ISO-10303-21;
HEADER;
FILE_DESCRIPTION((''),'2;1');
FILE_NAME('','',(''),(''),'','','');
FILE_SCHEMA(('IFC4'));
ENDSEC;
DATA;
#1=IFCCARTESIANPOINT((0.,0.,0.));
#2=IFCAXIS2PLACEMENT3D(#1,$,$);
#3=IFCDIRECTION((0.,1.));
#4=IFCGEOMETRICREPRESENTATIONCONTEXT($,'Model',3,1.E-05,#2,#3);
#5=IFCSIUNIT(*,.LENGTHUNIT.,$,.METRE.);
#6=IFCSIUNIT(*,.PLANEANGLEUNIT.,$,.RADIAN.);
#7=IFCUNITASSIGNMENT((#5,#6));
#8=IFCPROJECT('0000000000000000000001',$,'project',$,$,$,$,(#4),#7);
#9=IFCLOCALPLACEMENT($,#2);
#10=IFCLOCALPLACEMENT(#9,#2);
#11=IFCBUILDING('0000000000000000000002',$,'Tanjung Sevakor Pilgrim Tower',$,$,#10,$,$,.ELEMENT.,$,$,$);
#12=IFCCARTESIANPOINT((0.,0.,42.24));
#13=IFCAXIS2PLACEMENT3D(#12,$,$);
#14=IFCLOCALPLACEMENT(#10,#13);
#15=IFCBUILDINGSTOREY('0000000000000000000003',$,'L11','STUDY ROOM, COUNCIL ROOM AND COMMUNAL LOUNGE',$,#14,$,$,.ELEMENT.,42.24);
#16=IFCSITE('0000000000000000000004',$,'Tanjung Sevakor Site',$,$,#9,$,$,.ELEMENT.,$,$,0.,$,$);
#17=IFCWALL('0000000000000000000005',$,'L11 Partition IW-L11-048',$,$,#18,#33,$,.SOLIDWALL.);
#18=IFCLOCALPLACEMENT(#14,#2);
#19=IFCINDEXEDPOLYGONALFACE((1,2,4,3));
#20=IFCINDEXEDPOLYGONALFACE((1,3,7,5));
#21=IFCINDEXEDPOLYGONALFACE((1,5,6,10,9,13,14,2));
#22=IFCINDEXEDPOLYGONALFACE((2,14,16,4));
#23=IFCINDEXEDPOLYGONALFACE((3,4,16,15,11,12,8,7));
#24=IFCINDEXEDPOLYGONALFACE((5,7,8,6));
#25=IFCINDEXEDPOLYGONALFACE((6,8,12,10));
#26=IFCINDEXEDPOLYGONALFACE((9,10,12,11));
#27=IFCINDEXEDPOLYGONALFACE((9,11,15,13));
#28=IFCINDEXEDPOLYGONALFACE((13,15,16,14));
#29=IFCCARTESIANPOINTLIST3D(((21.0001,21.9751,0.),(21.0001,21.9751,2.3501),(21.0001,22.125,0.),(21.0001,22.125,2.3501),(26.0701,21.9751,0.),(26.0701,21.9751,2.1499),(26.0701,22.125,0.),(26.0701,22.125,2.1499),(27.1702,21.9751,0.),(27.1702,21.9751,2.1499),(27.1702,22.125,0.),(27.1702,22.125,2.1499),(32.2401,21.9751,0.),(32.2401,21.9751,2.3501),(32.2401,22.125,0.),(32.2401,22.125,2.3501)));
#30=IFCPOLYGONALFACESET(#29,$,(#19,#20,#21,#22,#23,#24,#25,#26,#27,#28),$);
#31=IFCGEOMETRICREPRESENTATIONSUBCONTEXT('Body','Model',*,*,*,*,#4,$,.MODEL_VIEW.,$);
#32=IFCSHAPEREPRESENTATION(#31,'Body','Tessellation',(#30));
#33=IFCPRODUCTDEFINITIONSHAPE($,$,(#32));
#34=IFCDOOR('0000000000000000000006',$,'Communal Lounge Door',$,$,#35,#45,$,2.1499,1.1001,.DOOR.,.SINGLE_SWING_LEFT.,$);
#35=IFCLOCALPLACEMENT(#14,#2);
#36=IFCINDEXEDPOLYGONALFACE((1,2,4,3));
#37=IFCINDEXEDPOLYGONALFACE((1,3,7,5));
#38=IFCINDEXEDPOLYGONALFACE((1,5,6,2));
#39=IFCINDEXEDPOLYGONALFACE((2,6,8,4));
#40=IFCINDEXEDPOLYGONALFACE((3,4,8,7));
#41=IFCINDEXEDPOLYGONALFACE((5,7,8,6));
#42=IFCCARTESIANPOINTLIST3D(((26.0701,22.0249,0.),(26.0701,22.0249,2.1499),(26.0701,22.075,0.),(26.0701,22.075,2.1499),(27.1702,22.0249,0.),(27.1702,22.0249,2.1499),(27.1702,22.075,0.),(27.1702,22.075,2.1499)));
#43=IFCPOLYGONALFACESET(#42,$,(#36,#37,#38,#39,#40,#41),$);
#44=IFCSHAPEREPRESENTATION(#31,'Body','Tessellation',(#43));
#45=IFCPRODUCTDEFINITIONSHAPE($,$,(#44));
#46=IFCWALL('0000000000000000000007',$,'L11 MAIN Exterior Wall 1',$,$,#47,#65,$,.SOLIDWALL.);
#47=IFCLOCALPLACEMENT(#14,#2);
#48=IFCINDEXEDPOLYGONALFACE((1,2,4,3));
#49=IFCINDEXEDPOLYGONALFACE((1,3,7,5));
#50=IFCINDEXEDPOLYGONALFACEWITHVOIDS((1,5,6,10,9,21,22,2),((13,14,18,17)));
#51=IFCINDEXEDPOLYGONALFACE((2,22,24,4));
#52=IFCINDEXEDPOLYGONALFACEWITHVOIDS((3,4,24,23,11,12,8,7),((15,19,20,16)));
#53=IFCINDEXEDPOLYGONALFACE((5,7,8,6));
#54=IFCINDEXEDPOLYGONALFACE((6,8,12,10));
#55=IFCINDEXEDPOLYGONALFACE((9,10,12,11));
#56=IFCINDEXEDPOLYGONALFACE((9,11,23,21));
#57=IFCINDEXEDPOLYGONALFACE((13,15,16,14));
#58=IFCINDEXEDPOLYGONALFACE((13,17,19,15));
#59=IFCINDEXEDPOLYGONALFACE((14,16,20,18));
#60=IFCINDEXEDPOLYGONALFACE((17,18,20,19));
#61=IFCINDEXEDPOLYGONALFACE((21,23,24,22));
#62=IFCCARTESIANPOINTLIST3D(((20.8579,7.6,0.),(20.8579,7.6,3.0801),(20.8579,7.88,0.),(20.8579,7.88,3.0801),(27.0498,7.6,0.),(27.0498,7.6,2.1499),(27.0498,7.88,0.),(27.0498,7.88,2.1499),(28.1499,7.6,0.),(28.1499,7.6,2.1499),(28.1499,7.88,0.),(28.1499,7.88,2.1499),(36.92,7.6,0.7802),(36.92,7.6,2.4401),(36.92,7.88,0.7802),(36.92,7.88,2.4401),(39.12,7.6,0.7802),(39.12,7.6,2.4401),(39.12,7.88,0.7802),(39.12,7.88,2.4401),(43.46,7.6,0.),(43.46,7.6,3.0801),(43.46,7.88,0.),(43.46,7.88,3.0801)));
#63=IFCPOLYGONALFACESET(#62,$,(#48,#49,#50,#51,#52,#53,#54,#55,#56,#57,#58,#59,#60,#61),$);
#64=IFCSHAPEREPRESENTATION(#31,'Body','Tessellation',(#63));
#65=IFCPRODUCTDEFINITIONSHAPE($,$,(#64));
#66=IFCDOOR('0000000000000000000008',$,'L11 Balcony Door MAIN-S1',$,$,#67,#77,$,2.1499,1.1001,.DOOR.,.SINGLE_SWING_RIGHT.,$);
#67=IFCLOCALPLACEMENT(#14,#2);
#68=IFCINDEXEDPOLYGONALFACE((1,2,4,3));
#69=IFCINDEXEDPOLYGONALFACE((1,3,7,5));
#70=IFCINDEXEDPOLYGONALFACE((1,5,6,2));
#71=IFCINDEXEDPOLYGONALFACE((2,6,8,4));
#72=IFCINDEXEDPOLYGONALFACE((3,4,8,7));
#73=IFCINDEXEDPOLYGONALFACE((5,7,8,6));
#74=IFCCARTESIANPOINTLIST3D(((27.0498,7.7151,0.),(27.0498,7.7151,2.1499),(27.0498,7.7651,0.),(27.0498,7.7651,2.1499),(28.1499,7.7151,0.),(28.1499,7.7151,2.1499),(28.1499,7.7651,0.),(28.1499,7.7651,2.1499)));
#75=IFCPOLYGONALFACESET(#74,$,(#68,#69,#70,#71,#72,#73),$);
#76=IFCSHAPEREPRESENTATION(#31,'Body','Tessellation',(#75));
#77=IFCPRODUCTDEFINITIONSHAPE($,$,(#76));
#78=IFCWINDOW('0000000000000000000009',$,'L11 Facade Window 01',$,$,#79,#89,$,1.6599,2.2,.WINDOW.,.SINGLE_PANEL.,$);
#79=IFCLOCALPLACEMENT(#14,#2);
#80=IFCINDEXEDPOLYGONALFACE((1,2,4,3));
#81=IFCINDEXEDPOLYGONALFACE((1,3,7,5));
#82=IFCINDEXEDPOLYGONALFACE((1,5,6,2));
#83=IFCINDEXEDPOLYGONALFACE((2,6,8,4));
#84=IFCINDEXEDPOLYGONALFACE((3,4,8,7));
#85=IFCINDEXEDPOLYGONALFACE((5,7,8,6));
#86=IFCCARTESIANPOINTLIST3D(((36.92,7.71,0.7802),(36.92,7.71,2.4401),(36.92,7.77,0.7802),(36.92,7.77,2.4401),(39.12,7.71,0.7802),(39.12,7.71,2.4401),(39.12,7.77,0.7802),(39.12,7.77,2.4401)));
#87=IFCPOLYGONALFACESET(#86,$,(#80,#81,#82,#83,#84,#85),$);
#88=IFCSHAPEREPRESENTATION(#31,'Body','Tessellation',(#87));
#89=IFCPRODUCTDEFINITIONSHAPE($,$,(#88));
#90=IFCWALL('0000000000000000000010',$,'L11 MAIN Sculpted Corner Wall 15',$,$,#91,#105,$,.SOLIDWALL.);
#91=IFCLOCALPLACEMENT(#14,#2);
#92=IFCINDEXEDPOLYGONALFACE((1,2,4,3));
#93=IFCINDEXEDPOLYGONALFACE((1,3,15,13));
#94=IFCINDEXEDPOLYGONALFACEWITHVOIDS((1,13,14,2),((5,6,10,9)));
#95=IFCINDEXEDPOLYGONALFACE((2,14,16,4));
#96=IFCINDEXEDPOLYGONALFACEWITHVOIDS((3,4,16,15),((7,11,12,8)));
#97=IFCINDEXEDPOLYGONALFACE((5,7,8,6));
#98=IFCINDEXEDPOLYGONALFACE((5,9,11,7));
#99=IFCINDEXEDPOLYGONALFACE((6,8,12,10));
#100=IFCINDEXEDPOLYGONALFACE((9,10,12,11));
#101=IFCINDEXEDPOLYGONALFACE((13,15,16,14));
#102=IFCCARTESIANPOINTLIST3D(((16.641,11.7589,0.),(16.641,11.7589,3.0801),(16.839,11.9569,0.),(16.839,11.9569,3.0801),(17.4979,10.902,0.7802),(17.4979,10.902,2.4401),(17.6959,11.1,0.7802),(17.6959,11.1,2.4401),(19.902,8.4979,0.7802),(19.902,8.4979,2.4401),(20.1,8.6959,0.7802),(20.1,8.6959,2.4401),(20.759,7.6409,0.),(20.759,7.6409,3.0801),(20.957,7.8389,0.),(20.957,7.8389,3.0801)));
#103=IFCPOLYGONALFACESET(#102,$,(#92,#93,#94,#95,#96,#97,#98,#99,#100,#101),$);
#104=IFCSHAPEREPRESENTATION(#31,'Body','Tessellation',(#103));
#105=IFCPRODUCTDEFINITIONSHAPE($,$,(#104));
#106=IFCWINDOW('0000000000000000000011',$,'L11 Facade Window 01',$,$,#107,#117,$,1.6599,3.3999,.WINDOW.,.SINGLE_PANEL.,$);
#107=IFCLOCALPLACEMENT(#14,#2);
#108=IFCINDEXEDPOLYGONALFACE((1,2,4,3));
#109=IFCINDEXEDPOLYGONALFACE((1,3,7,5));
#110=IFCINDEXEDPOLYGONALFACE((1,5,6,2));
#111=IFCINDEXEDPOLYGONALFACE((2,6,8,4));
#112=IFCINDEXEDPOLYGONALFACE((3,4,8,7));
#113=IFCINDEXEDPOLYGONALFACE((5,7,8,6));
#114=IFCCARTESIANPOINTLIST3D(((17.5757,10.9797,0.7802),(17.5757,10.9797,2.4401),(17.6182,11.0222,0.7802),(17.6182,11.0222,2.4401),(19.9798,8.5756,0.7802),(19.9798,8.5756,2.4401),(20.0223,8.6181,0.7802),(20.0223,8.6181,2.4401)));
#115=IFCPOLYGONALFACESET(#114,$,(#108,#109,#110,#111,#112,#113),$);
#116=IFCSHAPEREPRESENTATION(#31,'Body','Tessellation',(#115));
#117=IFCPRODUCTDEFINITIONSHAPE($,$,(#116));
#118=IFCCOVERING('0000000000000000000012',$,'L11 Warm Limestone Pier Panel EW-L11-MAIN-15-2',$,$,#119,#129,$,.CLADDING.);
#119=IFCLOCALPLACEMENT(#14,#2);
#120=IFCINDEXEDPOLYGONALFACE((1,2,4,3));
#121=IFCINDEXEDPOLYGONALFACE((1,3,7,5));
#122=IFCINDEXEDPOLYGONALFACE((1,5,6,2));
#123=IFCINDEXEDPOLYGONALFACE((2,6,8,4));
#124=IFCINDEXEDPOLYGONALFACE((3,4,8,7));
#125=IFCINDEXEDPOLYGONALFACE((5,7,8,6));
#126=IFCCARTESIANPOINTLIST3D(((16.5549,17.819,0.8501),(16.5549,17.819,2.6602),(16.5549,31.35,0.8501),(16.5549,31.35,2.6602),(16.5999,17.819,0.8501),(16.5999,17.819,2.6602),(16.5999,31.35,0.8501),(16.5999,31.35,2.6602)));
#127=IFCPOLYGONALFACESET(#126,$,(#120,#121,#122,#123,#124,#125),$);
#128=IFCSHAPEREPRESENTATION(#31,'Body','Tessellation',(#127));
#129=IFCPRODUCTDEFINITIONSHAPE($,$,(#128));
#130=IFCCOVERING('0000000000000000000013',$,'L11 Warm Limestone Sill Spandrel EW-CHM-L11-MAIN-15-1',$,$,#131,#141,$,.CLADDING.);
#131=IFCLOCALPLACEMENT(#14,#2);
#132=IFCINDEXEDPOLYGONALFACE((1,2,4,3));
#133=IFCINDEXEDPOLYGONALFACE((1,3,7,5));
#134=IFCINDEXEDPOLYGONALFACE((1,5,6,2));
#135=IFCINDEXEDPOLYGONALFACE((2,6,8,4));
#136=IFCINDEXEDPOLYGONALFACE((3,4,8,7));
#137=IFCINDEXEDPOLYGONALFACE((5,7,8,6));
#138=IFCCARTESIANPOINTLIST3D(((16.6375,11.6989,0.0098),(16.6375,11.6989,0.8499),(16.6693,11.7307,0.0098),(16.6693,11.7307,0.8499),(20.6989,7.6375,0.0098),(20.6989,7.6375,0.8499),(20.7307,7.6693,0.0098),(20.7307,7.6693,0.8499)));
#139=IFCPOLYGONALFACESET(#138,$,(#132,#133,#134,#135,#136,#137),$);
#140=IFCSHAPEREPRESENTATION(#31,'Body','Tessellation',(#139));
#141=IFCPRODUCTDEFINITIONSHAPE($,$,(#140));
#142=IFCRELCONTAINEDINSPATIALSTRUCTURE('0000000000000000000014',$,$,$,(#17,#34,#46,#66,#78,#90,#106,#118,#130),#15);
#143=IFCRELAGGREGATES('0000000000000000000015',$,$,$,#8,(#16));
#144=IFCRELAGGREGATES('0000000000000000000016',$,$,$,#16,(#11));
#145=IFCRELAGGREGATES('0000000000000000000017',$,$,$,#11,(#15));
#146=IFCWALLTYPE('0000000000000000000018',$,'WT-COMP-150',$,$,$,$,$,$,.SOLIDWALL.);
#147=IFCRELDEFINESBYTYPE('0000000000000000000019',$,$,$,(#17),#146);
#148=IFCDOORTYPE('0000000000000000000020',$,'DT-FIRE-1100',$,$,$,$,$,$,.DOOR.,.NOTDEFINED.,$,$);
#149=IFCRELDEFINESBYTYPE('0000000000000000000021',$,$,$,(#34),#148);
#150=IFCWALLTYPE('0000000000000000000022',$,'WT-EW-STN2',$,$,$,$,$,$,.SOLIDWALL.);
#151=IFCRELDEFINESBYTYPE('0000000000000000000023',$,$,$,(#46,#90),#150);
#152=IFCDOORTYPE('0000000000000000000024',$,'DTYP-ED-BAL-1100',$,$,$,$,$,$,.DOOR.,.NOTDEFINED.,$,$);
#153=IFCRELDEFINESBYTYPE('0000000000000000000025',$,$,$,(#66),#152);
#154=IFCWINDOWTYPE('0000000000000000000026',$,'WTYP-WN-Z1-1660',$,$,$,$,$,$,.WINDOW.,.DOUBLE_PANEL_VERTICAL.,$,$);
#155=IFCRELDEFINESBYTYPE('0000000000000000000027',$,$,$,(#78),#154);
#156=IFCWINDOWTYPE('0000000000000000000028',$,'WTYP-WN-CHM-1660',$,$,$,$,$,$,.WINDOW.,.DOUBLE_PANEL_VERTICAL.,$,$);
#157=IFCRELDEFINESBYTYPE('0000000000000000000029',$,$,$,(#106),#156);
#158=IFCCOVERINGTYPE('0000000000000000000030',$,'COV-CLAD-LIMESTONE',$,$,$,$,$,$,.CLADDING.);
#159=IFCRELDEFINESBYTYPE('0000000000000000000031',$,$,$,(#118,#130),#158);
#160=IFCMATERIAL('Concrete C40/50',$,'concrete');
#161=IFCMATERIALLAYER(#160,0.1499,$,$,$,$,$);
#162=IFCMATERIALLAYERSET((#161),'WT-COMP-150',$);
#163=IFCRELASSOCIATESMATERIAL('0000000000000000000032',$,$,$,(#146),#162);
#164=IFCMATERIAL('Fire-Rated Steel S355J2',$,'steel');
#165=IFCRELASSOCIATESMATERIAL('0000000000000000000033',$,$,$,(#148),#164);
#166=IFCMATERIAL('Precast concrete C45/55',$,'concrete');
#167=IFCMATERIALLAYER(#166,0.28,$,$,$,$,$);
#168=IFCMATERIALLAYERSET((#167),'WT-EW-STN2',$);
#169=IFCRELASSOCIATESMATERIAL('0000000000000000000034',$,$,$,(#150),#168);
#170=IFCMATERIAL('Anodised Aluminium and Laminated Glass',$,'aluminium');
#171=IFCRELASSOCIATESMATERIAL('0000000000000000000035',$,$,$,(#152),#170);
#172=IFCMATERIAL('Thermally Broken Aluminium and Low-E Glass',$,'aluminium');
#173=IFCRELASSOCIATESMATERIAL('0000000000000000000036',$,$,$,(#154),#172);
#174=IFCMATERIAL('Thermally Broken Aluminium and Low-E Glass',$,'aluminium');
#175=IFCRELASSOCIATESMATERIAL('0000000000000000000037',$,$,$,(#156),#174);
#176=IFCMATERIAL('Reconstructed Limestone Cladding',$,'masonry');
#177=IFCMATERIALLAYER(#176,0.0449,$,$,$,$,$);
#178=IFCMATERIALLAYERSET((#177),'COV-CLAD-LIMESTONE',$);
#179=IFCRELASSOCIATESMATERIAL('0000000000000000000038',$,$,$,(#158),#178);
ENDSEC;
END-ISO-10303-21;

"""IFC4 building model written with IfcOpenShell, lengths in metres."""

from ifc_helpers import new_model, si_unit, direction, frame, frame_2d, origin, origin_2d, place, context, subcontext, project, spatial, rectangle, extrude, material, layer, layer_set, type_object, element, fill, save


model = new_model("IFC4")

# Units and contexts
model_context = context("Model", 3, precision=1e-05, world=origin(), true_north=direction((0.0, 1.0)))
body_context = subcontext(model_context, "Body", "Model", "MODEL_VIEW")
ifc_project = project(units=[si_unit("LENGTHUNIT", "METRE"), si_unit("PLANEANGLEUNIT", "RADIAN")], contexts=[model_context])

# Site, building, storey
site_placement = place(None, origin())
site = spatial("IfcSite", under=ifc_project, at=site_placement, Name="Tanjung Sevakor Site", CompositionType="ELEMENT", RefElevation=0.0)
building_placement = place(site_placement, origin())
building = spatial("IfcBuilding", under=site, at=building_placement, Name="Tanjung Sevakor Pilgrim Tower", CompositionType="ELEMENT")
storey_placement = place(building_placement, frame((0.0, 0.0, 42.24)))
storey = spatial("IfcBuildingStorey", under=building, at=storey_placement, Name="L11", Description="STUDY ROOM, COUNCIL ROOM AND COMMUNAL LOUNGE", CompositionType="ELEMENT", Elevation=42.24)

# Shared definitions
ifc_material_1 = material(Name="Concrete C40/50", Category="concrete")
ifc_layer_1 = layer(ifc_material_1, 0.1499)
ifc_layer_set_1 = layer_set([ifc_layer_1], Name="WT-COMP-150")
wall_type_1 = type_object("IfcWallType", Name="WT-COMP-150", PredefinedType="SOLIDWALL", material=ifc_layer_set_1)

# Wall, opening, door
wall_1_placement = place(storey_placement, frame((21.0, 22.05, 0.0), z_axis=(0.0, 0.0, 1.0), x_axis=(1.0, 0.0, 0.0)))
wall_1 = element("IfcWall", 1, at=wall_1_placement, inside=storey, type_object=wall_type_1, Name="L11 Partition IW-L11-048", PredefinedType="SOLIDWALL", context=body_context, shape_type="SweptSolid", body=[
    extrude(rectangle(XDim=11.24, YDim=0.1499, at=frame_2d((5.6201, 0.0))), origin(), (0.0, 0.0, 1.0), 2.3501),
])
opening_1_placement = place(wall_1_placement, frame((5.0701, 0.0, 0.0)))
opening_1 = element("IfcOpeningElement", 2, at=opening_1_placement, cuts=wall_1, PredefinedType="OPENING", context=body_context, shape_type="SweptSolid", body=[
    extrude(rectangle(XDim=1.1001, YDim=2.1499, at=frame_2d((0.55, 1.075))), frame((0.0, 0.085, 0.0), z_axis=(0.0, -1.0, 0.0), x_axis=(1.0, 0.0, 0.0)), (0.0, 0.0, 1.0), 0.1699),
])
ifc_material_2 = material(Name="Fire-Rated Steel S355J2", Category="steel")
door_type_1 = type_object("IfcDoorType", Name="DT-FIRE-1100", OperationType="NOTDEFINED", PredefinedType="DOOR", material=ifc_material_2)
door_1_placement = place(opening_1_placement, origin())
door_1 = element("IfcDoor", 3, at=door_1_placement, inside=storey, type_object=door_type_1, Name="Communal Lounge Door", OperationType="SINGLE_SWING_LEFT", OverallHeight=2.1499, OverallWidth=1.1001, PredefinedType="DOOR", context=body_context, shape_type="SweptSolid", body=[
    extrude(rectangle(XDim=1.1001, YDim=2.1499, at=frame_2d((0.55, 1.075))), frame((0.0, 0.0249, 0.0), z_axis=(0.0, -1.0, 0.0), x_axis=(1.0, 0.0, 0.0)), (0.0, 0.0, 1.0), 0.05),
])
fill(opening_1, door_1)

# Wall, openings, door, window
ifc_material_3 = material(Name="Precast concrete C45/55", Category="concrete")
ifc_layer_2 = layer(ifc_material_3, 0.28)
ifc_layer_set_2 = layer_set([ifc_layer_2], Name="WT-EW-STN2")
wall_type_2 = type_object("IfcWallType", Name="WT-EW-STN2", PredefinedType="SOLIDWALL", material=ifc_layer_set_2)
wall_2_placement = place(storey_placement, frame((20.8579, 7.74, 0.0), z_axis=(0.0, 0.0, 1.0), x_axis=(1.0, 0.0, 0.0)))
wall_2 = element("IfcWall", 4, at=wall_2_placement, inside=storey, type_object=wall_type_2, Name="L11 MAIN Exterior Wall 1", PredefinedType="SOLIDWALL", context=body_context, shape_type="SweptSolid", body=[
    extrude(rectangle(XDim=22.6021, YDim=0.28, at=frame_2d((11.301, 0.0))), origin(), (0.0, 0.0, 1.0), 3.0801),
])
opening_2_placement = place(wall_2_placement, frame((6.1919, 0.0, 0.0)))
opening_2 = element("IfcOpeningElement", 5, at=opening_2_placement, cuts=wall_2, PredefinedType="OPENING", context=body_context, shape_type="SweptSolid", body=[
    extrude(rectangle(XDim=1.1001, YDim=2.1499, at=frame_2d((0.55, 1.075))), frame((0.0, 0.1499, 0.0), z_axis=(0.0, -1.0, 0.0), x_axis=(1.0, 0.0, 0.0)), (0.0, 0.0, 1.0), 0.3),
])
opening_3_placement = place(wall_2_placement, frame((16.062, 0.0, 0.78)))
opening_3 = element("IfcOpeningElement", 6, at=opening_3_placement, cuts=wall_2, PredefinedType="OPENING", context=body_context, shape_type="SweptSolid", body=[
    extrude(rectangle(XDim=2.2, YDim=1.6599, at=frame_2d((1.1001, 0.8301))), frame((0.0, 0.1499, 0.0), z_axis=(0.0, -1.0, 0.0), x_axis=(1.0, 0.0, 0.0)), (0.0, 0.0, 1.0), 0.3),
])
ifc_material_4 = material(Name="Anodised Aluminium and Laminated Glass", Category="aluminium")
door_type_2 = type_object("IfcDoorType", Name="DTYP-ED-BAL-1100", OperationType="NOTDEFINED", PredefinedType="DOOR", material=ifc_material_4)
door_2_placement = place(opening_2_placement, frame((1.1001, 0.0, 0.0), z_axis=(0.0, 0.0, 1.0), x_axis=(-1.0, 0.0, 0.0)))
door_2 = element("IfcDoor", 7, at=door_2_placement, inside=storey, type_object=door_type_2, Name="L11 Balcony Door MAIN-S1", OperationType="SINGLE_SWING_RIGHT", OverallHeight=2.1499, OverallWidth=1.1001, PredefinedType="DOOR", context=body_context, shape_type="SweptSolid", body=[
    extrude(rectangle(XDim=1.1001, YDim=2.1499, at=frame_2d((0.55, 1.075))), frame((0.0, 0.0249, 0.0), z_axis=(0.0, -1.0, 0.0), x_axis=(1.0, 0.0, 0.0)), (0.0, 0.0, 1.0), 0.05),
])
fill(opening_2, door_2)
ifc_material_5 = material(Name="Thermally Broken Aluminium and Low-E Glass", Category="aluminium")
window_type_1 = type_object("IfcWindowType", Name="WTYP-WN-Z1-1660", PartitioningType="DOUBLE_PANEL_VERTICAL", PredefinedType="WINDOW", material=ifc_material_5)
window_1_placement = place(opening_3_placement, origin())
window_1 = element("IfcWindow", 8, at=window_1_placement, inside=storey, type_object=window_type_1, Name="L11 Facade Window 01", OverallHeight=1.6599, OverallWidth=2.2, PartitioningType="SINGLE_PANEL", PredefinedType="WINDOW", context=body_context, shape_type="SweptSolid", body=[
    extrude(rectangle(XDim=2.2, YDim=1.6599, at=frame_2d((1.1001, 0.8301))), frame((0.0, 0.03, 0.0), z_axis=(0.0, -1.0, 0.0), x_axis=(1.0, 0.0, 0.0)), (0.0, 0.0, 1.0), 0.0601),
])
fill(opening_3, window_1)

# Wall, opening, window
wall_3_placement = place(storey_placement, frame((16.74, 11.8579, 0.0), z_axis=(0.0, 0.0, 1.0), x_axis=(0.707107, -0.707107, 0.0)))
wall_3 = element("IfcWall", 9, at=wall_3_placement, inside=storey, type_object=wall_type_2, Name="L11 MAIN Sculpted Corner Wall 15", PredefinedType="SOLIDWALL", context=body_context, shape_type="SweptSolid", body=[
    extrude(rectangle(XDim=5.8237, YDim=0.28, at=frame_2d((2.9119, 0.0))), origin(), (0.0, 0.0, 1.0), 3.0801),
])
opening_4_placement = place(wall_3_placement, frame((1.2119, 0.0, 0.78)))
opening_4 = element("IfcOpeningElement", 10, at=opening_4_placement, cuts=wall_3, PredefinedType="OPENING", context=body_context, shape_type="SweptSolid", body=[
    extrude(rectangle(XDim=3.3999, YDim=1.6599, at=frame_2d((1.7, 0.8301))), frame((0.0, 0.1499, 0.0), z_axis=(0.0, -1.0, 0.0), x_axis=(1.0, 0.0, 0.0)), (0.0, 0.0, 1.0), 0.3),
])
ifc_material_6 = material(Name="Thermally Broken Aluminium and Low-E Glass", Category="aluminium")
window_type_2 = type_object("IfcWindowType", Name="WTYP-WN-CHM-1660", PartitioningType="DOUBLE_PANEL_VERTICAL", PredefinedType="WINDOW", material=ifc_material_6)
window_2_placement = place(opening_4_placement, origin())
window_2 = element("IfcWindow", 11, at=window_2_placement, inside=storey, type_object=window_type_2, Name="L11 Facade Window 01", OverallHeight=1.6599, OverallWidth=3.3999, PartitioningType="SINGLE_PANEL", PredefinedType="WINDOW", context=body_context, shape_type="SweptSolid", body=[
    extrude(rectangle(XDim=3.3999, YDim=1.6599, at=frame_2d((1.7, 0.8301))), frame((0.0, 0.03, 0.0), z_axis=(0.0, -1.0, 0.0), x_axis=(1.0, 0.0, 0.0)), (0.0, 0.0, 1.0), 0.0601),
])
fill(opening_4, window_2)

# Coverings
ifc_material_7 = material(Name="Reconstructed Limestone Cladding", Category="masonry")
ifc_layer_3 = layer(ifc_material_7, 0.0449)
ifc_layer_set_3 = layer_set([ifc_layer_3], Name="COV-CLAD-LIMESTONE")
covering_type = type_object("IfcCoveringType", Name="COV-CLAD-LIMESTONE", PredefinedType="CLADDING", material=ifc_layer_set_3)
covering_1_placement = place(storey_placement, frame((16.5774, 24.5845, 0.8501), z_axis=(0.0, 0.0, 1.0), x_axis=(0.0, -1.0, 0.0)))
element("IfcCovering", 12, at=covering_1_placement, inside=storey, type_object=covering_type, Name="L11 Warm Limestone Pier Panel EW-L11-MAIN-15-2", PredefinedType="CLADDING", context=body_context, shape_type="SweptSolid", body=[
    extrude(rectangle(XDim=13.531, YDim=0.0449, at=origin_2d()), origin(), (0.0, 0.0, 1.0), 1.8101),
])
covering_2_placement = place(storey_placement, frame((18.6841, 9.6841, 0.0098), z_axis=(0.0, 0.0, 1.0), x_axis=(0.707107, -0.707107, 0.0)))
element("IfcCovering", 13, at=covering_2_placement, inside=storey, type_object=covering_type, Name="L11 Warm Limestone Sill Spandrel EW-CHM-L11-MAIN-15-1", PredefinedType="CLADDING", context=body_context, shape_type="SweptSolid", body=[
    extrude(rectangle(XDim=5.7437, YDim=0.0449, at=origin_2d()), origin(), (0.0, 0.0, 1.0), 0.8401),
])

save(model, "model.ifc")
